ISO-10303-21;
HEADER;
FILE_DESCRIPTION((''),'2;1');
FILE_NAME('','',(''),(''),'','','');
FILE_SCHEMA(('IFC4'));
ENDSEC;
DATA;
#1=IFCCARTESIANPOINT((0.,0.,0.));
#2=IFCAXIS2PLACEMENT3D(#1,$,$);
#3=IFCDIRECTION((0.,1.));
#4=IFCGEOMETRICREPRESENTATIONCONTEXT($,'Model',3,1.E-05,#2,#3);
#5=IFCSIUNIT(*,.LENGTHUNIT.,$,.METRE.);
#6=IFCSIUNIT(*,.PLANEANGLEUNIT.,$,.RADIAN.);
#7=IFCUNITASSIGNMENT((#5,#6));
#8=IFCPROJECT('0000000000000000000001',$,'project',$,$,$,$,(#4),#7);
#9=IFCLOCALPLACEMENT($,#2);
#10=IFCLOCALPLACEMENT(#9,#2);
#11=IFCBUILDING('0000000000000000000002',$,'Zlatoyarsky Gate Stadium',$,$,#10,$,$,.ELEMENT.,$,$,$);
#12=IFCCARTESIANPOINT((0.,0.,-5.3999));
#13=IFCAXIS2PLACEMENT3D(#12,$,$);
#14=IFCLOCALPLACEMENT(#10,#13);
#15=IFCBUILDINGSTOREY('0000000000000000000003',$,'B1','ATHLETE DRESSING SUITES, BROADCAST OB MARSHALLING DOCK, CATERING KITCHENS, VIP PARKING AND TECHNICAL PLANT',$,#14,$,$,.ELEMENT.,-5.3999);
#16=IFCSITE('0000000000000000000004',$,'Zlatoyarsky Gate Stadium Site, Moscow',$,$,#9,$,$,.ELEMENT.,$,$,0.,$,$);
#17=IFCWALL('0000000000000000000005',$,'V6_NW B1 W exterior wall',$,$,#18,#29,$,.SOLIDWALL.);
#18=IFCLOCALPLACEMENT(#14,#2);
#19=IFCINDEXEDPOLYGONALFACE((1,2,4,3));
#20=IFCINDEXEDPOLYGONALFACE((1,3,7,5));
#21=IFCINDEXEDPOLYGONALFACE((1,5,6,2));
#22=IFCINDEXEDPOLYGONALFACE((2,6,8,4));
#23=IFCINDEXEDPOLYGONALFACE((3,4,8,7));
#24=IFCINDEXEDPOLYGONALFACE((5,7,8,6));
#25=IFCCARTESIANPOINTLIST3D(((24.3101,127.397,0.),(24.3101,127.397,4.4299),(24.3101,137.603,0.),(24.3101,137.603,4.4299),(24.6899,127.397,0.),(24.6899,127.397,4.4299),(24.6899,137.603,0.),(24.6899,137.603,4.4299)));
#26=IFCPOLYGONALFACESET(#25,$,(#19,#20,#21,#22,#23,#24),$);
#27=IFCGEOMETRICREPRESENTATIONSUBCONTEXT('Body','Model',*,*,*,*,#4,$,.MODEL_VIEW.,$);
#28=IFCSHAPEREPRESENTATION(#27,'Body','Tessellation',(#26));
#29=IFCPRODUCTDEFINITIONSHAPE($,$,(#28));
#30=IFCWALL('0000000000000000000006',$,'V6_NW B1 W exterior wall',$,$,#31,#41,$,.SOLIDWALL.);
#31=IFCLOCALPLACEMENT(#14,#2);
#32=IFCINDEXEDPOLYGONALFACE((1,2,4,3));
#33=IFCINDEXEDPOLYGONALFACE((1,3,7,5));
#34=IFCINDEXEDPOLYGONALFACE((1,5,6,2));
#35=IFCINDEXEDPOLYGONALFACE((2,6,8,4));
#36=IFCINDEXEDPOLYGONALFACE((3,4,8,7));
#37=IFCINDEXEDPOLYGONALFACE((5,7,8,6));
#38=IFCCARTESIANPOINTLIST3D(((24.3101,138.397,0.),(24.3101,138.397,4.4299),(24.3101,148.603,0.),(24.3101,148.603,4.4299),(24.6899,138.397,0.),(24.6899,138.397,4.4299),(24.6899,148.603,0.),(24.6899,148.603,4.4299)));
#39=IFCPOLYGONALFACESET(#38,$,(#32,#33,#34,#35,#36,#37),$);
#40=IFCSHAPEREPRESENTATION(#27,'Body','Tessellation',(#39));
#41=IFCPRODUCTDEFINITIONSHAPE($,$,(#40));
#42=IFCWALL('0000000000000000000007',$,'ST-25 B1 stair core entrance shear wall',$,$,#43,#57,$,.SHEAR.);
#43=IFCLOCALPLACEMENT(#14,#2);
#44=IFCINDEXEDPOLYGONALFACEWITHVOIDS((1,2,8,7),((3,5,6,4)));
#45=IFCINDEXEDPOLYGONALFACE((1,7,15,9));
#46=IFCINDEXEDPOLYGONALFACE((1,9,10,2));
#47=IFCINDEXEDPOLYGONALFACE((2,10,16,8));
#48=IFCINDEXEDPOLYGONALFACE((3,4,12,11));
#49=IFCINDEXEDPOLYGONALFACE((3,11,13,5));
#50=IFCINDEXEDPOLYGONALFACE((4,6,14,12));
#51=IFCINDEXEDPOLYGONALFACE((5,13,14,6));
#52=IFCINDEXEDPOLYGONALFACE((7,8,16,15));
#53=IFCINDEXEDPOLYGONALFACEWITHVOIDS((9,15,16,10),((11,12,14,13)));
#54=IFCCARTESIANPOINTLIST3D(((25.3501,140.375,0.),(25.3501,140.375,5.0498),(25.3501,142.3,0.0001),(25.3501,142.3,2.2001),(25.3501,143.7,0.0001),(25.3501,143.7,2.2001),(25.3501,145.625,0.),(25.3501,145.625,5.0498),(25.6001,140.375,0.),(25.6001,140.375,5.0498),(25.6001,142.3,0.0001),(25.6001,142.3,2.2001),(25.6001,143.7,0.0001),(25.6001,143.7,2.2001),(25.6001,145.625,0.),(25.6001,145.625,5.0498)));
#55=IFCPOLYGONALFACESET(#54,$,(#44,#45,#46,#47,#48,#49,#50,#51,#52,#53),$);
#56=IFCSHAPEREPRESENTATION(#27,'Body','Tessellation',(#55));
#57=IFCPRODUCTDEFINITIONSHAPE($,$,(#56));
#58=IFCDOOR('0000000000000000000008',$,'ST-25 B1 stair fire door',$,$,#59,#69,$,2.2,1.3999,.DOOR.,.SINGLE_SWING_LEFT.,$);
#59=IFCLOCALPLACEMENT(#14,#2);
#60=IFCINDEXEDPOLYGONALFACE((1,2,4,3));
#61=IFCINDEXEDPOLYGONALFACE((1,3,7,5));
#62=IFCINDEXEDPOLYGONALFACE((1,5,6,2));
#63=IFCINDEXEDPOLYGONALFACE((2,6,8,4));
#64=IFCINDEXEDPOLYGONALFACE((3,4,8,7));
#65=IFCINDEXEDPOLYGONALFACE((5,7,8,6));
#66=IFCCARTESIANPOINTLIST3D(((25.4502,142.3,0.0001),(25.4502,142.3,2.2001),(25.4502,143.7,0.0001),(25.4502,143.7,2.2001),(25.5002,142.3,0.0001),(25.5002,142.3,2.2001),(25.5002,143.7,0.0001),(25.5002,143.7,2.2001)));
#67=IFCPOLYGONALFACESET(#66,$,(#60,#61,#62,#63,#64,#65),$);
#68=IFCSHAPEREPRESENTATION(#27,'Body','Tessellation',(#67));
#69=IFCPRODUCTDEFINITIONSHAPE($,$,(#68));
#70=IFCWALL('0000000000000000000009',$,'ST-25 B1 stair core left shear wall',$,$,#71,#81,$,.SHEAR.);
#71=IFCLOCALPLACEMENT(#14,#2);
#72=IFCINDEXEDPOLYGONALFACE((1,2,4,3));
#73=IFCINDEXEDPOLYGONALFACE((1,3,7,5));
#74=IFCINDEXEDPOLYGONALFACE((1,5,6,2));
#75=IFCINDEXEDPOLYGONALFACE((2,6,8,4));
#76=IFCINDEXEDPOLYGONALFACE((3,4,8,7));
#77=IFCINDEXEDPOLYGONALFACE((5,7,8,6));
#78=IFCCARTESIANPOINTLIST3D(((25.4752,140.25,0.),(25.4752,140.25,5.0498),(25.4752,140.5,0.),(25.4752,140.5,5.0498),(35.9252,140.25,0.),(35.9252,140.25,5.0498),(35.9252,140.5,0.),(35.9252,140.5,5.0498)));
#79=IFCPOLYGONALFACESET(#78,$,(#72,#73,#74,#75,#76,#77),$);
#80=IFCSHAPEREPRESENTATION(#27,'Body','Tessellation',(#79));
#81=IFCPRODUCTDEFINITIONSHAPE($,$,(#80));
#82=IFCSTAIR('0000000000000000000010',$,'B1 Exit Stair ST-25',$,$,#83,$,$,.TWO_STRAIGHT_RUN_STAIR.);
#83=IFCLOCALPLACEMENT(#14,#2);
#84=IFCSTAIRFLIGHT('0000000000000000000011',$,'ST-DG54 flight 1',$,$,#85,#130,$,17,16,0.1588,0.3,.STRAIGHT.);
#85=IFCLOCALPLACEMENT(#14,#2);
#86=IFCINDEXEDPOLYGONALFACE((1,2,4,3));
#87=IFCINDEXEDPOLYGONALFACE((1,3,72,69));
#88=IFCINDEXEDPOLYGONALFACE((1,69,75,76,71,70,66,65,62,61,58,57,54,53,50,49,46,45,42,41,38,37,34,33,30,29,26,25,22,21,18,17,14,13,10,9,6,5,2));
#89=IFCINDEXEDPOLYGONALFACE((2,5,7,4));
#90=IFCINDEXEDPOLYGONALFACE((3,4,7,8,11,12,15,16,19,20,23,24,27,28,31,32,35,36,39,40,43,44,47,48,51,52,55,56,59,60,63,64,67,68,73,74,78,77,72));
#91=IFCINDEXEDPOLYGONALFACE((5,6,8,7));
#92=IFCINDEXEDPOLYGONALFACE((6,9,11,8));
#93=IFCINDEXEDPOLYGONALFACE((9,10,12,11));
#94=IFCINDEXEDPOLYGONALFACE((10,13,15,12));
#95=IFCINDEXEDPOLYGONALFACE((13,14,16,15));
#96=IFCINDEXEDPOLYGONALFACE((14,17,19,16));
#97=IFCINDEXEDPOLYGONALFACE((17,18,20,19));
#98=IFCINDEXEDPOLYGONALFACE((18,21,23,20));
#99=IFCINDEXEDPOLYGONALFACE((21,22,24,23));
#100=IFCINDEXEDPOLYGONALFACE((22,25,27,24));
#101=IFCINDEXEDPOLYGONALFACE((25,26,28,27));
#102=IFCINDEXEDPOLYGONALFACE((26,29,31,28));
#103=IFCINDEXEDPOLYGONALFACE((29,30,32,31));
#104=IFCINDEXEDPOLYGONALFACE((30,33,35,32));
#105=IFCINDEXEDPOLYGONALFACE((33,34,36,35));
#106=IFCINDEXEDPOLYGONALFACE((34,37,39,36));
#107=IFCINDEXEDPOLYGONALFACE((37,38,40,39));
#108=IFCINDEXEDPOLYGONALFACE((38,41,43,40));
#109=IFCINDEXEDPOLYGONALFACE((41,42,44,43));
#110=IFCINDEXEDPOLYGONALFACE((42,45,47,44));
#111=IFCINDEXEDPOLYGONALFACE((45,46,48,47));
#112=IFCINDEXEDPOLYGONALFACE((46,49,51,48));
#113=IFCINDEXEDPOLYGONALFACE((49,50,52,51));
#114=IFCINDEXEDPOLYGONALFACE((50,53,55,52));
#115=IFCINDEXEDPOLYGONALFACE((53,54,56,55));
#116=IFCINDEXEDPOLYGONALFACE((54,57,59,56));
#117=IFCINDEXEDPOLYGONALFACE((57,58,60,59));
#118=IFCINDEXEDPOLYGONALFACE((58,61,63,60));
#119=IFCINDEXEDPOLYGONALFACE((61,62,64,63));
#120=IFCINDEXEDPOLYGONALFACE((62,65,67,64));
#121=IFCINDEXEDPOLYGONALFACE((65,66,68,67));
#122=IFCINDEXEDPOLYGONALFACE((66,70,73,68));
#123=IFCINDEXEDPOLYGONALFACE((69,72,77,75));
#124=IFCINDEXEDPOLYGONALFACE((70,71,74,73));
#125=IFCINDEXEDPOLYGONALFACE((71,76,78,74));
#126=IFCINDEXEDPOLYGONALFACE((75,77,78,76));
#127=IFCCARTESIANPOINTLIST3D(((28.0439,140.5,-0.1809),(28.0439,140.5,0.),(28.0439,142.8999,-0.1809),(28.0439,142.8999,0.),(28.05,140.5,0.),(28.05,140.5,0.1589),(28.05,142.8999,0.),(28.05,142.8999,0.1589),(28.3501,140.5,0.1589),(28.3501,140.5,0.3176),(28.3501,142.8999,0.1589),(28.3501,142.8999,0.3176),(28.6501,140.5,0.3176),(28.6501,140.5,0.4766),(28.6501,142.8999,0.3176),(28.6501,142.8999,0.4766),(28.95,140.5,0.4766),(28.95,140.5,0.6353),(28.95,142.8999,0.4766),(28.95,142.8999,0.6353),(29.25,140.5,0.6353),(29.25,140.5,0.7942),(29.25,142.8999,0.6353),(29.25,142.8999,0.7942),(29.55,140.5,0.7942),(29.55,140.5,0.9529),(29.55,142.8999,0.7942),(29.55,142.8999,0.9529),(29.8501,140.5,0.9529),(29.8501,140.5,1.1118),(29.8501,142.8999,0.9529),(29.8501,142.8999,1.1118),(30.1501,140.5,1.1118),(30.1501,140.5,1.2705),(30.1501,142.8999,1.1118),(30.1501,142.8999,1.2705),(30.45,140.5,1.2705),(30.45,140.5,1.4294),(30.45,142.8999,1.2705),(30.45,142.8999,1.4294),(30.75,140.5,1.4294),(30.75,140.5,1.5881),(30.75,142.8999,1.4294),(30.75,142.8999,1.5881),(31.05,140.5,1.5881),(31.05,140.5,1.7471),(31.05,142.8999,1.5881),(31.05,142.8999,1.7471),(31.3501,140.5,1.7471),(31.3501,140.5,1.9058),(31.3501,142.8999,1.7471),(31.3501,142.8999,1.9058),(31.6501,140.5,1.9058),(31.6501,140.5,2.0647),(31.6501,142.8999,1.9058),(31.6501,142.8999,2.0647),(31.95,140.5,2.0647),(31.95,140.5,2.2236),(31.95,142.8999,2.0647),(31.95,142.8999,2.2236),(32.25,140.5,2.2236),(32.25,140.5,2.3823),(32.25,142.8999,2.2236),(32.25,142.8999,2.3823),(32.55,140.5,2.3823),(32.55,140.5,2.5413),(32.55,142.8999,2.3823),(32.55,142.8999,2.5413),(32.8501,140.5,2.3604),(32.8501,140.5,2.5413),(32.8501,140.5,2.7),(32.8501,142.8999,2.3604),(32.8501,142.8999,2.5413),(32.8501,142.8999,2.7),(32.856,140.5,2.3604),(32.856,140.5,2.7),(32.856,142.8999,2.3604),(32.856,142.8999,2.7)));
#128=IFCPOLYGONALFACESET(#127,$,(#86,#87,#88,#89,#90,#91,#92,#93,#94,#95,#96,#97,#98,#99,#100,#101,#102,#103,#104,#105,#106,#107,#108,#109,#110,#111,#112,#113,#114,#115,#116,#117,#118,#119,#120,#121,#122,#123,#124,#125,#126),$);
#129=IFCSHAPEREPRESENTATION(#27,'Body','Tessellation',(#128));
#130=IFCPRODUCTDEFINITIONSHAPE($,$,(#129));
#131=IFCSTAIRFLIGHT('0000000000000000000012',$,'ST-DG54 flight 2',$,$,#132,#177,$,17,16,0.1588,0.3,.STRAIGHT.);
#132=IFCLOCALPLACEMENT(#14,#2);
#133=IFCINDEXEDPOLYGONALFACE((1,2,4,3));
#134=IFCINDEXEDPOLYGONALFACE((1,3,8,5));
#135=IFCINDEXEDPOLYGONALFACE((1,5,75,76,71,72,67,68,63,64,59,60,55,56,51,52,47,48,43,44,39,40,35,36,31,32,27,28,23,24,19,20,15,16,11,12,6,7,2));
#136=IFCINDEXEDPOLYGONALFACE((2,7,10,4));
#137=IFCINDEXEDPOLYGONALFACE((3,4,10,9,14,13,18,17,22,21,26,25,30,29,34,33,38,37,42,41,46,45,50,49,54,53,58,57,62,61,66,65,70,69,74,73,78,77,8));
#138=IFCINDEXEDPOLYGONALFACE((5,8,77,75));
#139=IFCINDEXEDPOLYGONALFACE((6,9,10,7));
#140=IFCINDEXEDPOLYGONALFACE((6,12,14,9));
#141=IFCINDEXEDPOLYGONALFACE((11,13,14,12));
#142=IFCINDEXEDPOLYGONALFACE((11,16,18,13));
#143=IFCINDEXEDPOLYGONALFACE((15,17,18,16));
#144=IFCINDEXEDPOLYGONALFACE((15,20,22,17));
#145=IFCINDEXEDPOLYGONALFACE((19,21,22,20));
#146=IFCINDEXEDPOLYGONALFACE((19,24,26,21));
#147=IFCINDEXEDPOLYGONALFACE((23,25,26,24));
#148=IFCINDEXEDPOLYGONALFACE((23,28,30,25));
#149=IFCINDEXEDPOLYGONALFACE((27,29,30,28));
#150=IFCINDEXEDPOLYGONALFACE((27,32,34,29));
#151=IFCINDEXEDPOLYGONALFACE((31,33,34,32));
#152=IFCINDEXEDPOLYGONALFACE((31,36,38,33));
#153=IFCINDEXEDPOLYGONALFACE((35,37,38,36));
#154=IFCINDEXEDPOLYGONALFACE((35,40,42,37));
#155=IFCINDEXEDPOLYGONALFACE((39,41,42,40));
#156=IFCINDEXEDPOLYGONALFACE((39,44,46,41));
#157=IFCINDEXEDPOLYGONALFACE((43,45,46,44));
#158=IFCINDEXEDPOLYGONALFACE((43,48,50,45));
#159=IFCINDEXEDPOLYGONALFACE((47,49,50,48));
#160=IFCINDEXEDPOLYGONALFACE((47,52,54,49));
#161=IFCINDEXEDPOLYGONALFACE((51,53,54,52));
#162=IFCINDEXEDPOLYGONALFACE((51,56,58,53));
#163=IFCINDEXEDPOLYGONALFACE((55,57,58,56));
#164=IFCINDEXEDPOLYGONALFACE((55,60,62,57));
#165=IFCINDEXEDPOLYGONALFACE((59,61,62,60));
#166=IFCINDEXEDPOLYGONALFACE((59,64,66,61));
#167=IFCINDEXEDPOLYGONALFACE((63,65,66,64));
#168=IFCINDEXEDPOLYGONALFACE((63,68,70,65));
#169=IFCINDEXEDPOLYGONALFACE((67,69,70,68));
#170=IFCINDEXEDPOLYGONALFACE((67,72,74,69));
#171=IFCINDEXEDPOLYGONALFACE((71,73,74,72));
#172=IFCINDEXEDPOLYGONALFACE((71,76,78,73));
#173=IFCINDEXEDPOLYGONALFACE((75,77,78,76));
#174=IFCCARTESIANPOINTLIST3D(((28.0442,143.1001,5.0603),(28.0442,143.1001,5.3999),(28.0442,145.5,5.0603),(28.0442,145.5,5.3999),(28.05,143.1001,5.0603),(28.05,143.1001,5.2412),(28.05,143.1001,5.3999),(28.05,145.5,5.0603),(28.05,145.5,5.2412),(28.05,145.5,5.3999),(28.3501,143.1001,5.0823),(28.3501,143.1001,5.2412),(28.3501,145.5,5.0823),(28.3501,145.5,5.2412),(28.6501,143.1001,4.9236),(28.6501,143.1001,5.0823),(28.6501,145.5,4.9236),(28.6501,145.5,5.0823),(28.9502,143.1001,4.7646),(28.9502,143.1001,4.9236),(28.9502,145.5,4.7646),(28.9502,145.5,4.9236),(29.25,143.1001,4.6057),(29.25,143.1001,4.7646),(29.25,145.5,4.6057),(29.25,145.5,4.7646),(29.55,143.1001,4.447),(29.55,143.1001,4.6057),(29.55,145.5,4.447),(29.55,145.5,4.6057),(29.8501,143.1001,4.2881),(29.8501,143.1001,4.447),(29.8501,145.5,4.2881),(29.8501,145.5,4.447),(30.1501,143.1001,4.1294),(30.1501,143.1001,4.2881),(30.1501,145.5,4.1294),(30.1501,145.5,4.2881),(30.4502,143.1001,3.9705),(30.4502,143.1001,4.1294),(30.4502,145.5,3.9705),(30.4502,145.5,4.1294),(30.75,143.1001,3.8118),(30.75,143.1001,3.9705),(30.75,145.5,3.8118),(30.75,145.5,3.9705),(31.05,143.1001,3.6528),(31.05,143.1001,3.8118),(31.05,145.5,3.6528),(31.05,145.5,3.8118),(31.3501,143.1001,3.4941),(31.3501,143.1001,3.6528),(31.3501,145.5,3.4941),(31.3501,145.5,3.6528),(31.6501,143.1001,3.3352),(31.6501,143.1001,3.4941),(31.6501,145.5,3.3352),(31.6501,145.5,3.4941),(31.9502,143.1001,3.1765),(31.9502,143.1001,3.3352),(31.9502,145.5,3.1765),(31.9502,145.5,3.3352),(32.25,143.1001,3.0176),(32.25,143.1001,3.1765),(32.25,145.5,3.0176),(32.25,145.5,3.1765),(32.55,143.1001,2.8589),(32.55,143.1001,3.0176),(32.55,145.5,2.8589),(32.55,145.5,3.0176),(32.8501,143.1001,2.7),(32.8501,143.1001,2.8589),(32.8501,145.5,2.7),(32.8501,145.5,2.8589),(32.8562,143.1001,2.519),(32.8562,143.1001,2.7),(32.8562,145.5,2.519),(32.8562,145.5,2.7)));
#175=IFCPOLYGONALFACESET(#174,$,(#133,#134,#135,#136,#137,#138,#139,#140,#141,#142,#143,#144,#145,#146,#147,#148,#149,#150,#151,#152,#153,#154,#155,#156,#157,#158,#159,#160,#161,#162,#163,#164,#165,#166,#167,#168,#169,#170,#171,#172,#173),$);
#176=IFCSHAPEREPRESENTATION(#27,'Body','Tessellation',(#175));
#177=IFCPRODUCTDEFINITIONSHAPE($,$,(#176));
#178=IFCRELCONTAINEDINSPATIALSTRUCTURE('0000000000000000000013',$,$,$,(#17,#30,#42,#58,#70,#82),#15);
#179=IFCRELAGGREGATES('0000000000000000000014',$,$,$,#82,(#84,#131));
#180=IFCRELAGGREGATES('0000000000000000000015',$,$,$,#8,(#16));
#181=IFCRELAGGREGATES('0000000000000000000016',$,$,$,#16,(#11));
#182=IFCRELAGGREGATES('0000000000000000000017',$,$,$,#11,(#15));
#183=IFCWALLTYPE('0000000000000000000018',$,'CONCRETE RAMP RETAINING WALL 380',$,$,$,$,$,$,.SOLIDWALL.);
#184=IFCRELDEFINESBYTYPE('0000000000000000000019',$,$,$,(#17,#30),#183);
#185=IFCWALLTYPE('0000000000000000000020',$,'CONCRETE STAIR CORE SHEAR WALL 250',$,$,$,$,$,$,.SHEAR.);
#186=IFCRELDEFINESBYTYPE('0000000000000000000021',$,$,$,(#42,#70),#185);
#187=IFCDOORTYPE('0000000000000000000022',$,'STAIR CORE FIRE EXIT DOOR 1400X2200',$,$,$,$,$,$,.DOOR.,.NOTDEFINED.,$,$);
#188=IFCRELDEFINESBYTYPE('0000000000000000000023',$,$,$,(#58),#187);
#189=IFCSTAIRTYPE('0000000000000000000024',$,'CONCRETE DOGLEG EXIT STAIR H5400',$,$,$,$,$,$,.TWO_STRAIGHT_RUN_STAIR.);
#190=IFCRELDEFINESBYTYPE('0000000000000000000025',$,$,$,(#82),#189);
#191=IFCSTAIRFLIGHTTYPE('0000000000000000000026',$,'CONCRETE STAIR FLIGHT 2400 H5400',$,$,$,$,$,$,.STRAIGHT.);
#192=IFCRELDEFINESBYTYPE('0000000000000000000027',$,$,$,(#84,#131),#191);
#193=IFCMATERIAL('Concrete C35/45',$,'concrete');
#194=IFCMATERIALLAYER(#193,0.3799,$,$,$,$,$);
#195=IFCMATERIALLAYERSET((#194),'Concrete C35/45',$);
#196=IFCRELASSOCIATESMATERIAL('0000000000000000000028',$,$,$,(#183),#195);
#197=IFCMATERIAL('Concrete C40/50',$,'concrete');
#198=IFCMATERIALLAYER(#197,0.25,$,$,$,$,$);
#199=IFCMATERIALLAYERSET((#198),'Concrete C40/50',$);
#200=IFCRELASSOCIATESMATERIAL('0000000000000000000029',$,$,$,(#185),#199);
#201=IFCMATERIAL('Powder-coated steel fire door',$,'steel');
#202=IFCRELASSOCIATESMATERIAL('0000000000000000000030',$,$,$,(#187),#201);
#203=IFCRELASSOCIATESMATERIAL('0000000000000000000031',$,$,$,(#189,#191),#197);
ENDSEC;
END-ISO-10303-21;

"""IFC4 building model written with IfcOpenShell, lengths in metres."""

from ifc_helpers import new_model, si_unit, direction, frame, frame_2d, origin, place, context, subcontext, project, spatial, polyline, rectangle, outline, extrude, material, layer, layer_set, type_object, element, fill, aggregate, save


model = new_model("IFC4")

# Units and contexts
model_context = context("Model", 3, precision=1e-05, world=origin(), true_north=direction((0.0, 1.0)))
body_context = subcontext(model_context, "Body", "Model", "MODEL_VIEW")
ifc_project = project(units=[si_unit("LENGTHUNIT", "METRE"), si_unit("PLANEANGLEUNIT", "RADIAN")], contexts=[model_context])

# Site, building, storey
site_placement = place(None, origin())
site = spatial("IfcSite", under=ifc_project, at=site_placement, Name="Zlatoyarsky Gate Stadium Site, Moscow", CompositionType="ELEMENT", RefElevation=0.0)
building_placement = place(site_placement, origin())
building = spatial("IfcBuilding", under=site, at=building_placement, Name="Zlatoyarsky Gate Stadium", CompositionType="ELEMENT")
storey_placement = place(building_placement, frame((0.0, 0.0, -5.3999)))
storey = spatial("IfcBuildingStorey", under=building, at=storey_placement, Name="B1", Description="ATHLETE DRESSING SUITES, BROADCAST OB MARSHALLING DOCK, CATERING KITCHENS, VIP PARKING AND TECHNICAL PLANT", CompositionType="ELEMENT", Elevation=-5.3999)

# Shared definitions
ifc_material_1 = material(Name="Concrete C35/45", Category="concrete")

# Shared definitions
ifc_material_2 = material(Name="Concrete C40/50", Category="concrete")

# Walls
ifc_layer_1 = layer(ifc_material_1, 0.3799)
ifc_layer_set_1 = layer_set([ifc_layer_1], Name="Concrete C35/45")
wall_type_1 = type_object("IfcWallType", Name="CONCRETE RAMP RETAINING WALL 380", PredefinedType="SOLIDWALL", material=ifc_layer_set_1)
for number, where, z_axis, x_axis, name in (
    (1, (24.5, 127.397, 0.0), (0.0, 0.0, 1.0), (0.0, 1.0, 0.0), "V6_NW B1 W exterior wall"),
    (2, (24.5, 138.397, 0.0), (0.0, 0.0, 1.0), (0.0, 1.0, 0.0), "V6_NW B1 W exterior wall"),
):
    element("IfcWall", number, at=place(storey_placement, frame(where, z_axis=z_axis, x_axis=x_axis)), inside=storey, type_object=wall_type_1, Name=name, PredefinedType="SOLIDWALL", context=body_context, shape_type="SweptSolid", body=[
        extrude(rectangle(XDim=10.2061, YDim=0.3799, at=frame_2d((5.103, 0.0))), origin(), (0.0, 0.0, 1.0), 4.4299),
    ])

# Wall, opening, door
ifc_layer_2 = layer(ifc_material_2, 0.25)
ifc_layer_set_2 = layer_set([ifc_layer_2], Name="Concrete C40/50")
wall_type_2 = type_object("IfcWallType", Name="CONCRETE STAIR CORE SHEAR WALL 250", PredefinedType="SHEAR", material=ifc_layer_set_2)
wall_1_placement = place(storey_placement, frame((25.4751, 145.625, 0.0), z_axis=(0.0, 0.0, 1.0), x_axis=(0.0, -1.0, 0.0)))
wall_1 = element("IfcWall", 3, at=wall_1_placement, inside=storey, type_object=wall_type_2, Name="ST-25 B1 stair core entrance shear wall", PredefinedType="SHEAR", context=body_context, shape_type="SweptSolid", body=[
    extrude(rectangle(XDim=5.25, YDim=0.25, at=frame_2d((2.625, 0.0))), origin(), (0.0, 0.0, 1.0), 5.0498),
])
opening_placement = place(wall_1_placement, frame((1.925, 0.0, 0.0)))
opening = element("IfcOpeningElement", 4, at=opening_placement, cuts=wall_1, PredefinedType="OPENING", context=body_context, shape_type="SweptSolid", body=[
    extrude(rectangle(XDim=1.3999, YDim=2.2, at=frame_2d((0.7, 1.1001))), frame((0.0, 0.135, 0.0), z_axis=(0.0, -1.0, 0.0), x_axis=(1.0, 0.0, 0.0)), (0.0, 0.0, 1.0), 0.27),
])
ifc_material_3 = material(Name="Powder-coated steel fire door", Category="steel")
door_type = type_object("IfcDoorType", Name="STAIR CORE FIRE EXIT DOOR 1400X2200", OperationType="NOTDEFINED", PredefinedType="DOOR", material=ifc_material_3)
door_placement = place(opening_placement, frame((1.3999, 0.0, 0.0), z_axis=(0.0, 0.0, 1.0), x_axis=(-1.0, 0.0, 0.0)))
door = element("IfcDoor", 5, at=door_placement, inside=storey, type_object=door_type, Name="ST-25 B1 stair fire door", OperationType="SINGLE_SWING_LEFT", OverallHeight=2.2, OverallWidth=1.3999, PredefinedType="DOOR", context=body_context, shape_type="SweptSolid", body=[
    extrude(rectangle(XDim=1.3999, YDim=2.2, at=frame_2d((0.7, 1.1001))), frame((0.0, 0.0249, 0.0), z_axis=(0.0, -1.0, 0.0), x_axis=(1.0, 0.0, 0.0)), (0.0, 0.0, 1.0), 0.05),
])
fill(opening, door)

# Wall
wall_2_placement = place(storey_placement, frame((25.4751, 140.375, 0.0), z_axis=(0.0, 0.0, 1.0), x_axis=(1.0, 0.0, 0.0)))
element("IfcWall", 6, at=wall_2_placement, inside=storey, type_object=wall_type_2, Name="ST-25 B1 stair core left shear wall", PredefinedType="SHEAR", context=body_context, shape_type="SweptSolid", body=[
    extrude(rectangle(XDim=10.45, YDim=0.25, at=frame_2d((5.2251, 0.0))), origin(), (0.0, 0.0, 1.0), 5.0498),
])

# Stair, stair flights
stair_type = type_object("IfcStairType", Name="CONCRETE DOGLEG EXIT STAIR H5400", PredefinedType="TWO_STRAIGHT_RUN_STAIR", material=ifc_material_2)
stair_placement = place(storey_placement, origin())
stair = element("IfcStair", 7, at=stair_placement, inside=storey, type_object=stair_type, Name="B1 Exit Stair ST-25", PredefinedType="TWO_STRAIGHT_RUN_STAIR")
stair_flight_type = type_object("IfcStairFlightType", Name="CONCRETE STAIR FLIGHT 2400 H5400", PredefinedType="STRAIGHT", material=ifc_material_2)
stair_flight_1_placement = place(storey_placement, frame((28.05, 141.7, 0.0), z_axis=(0.0, 0.0, 1.0), x_axis=(1.0, 0.0, 0.0)))
stair_flight_1 = element("IfcStairFlight", 8, at=stair_flight_1_placement, type_object=stair_flight_type, Name="ST-DG54 flight 1", NumberOfRisers=17, NumberOfTreads=16, PredefinedType="STRAIGHT", RiserHeight=0.1588, TreadLength=0.3, context=body_context, shape_type="SweptSolid", body=[
    extrude(outline(polyline([(-0.0061, -0.1809), (-0.0061, 0.0), (0.0, 0.0), (0.0, 0.1589), (0.3, 0.1589), (0.3, 0.3176), (0.6001, 0.3176), (0.6001, 0.4766), (0.8999, 0.4766), (0.8999, 0.6353), (1.2, 0.6353), (1.2, 0.7942), (1.5, 0.7942), (1.5, 0.9529), (1.8, 0.9529), (1.8, 1.1118), (2.1001, 1.1118), (2.1001, 1.2705), (2.3999, 1.2705), (2.3999, 1.4294), (2.7, 1.4294), (2.7, 1.5881), (3.0, 1.5881), (3.0, 1.7471), (3.3, 1.7471), (3.3, 1.9058), (3.6001, 1.9058), (3.6001, 2.0647), (3.8999, 2.0647), (3.8999, 2.2236), (4.2, 2.2236), (4.2, 2.3823), (4.5, 2.3823), (4.5, 2.5413), (4.8, 2.5413), (4.8, 2.7), (4.8059, 2.7), (4.8059, 2.3604), (4.8, 2.3604), (-0.0061, -0.1809)])), frame((0.0, 1.2, 0.0), z_axis=(0.0, -1.0, 0.0), x_axis=(1.0, 0.0, 0.0)), (0.0, 0.0, 1.0), 2.3999),
])
stair_flight_2_placement = place(storey_placement, frame((32.8501, 144.3, 2.7), z_axis=(0.0, 0.0, 1.0), x_axis=(-1.0, 0.0, 0.0)))
stair_flight_2 = element("IfcStairFlight", 9, at=stair_flight_2_placement, type_object=stair_flight_type, Name="ST-DG54 flight 2", NumberOfRisers=17, NumberOfTreads=16, PredefinedType="STRAIGHT", RiserHeight=0.1588, TreadLength=0.3, context=body_context, shape_type="SweptSolid", body=[
    extrude(outline(polyline([(-0.0061, -0.1809), (-0.0061, 0.0), (0.0, 0.0), (0.0, 0.1589), (0.3, 0.1589), (0.3, 0.3176), (0.6001, 0.3176), (0.6001, 0.4766), (0.8999, 0.4766), (0.8999, 0.6353), (1.2, 0.6353), (1.2, 0.7942), (1.5, 0.7942), (1.5, 0.9529), (1.8, 0.9529), (1.8, 1.1118), (2.1001, 1.1118), (2.1001, 1.2705), (2.3999, 1.2705), (2.3999, 1.4294), (2.7, 1.4294), (2.7, 1.5881), (3.0, 1.5881), (3.0, 1.7471), (3.3, 1.7471), (3.3, 1.9058), (3.6001, 1.9058), (3.6001, 2.0647), (3.8999, 2.0647), (3.8999, 2.2236), (4.2, 2.2236), (4.2, 2.3823), (4.5, 2.3823), (4.5, 2.5413), (4.8, 2.5413), (4.8, 2.7), (4.8059, 2.7), (4.8059, 2.3604), (4.8, 2.3604), (-0.0061, -0.1809)])), frame((0.0, 1.2, 0.0), z_axis=(0.0, -1.0, 0.0), x_axis=(1.0, 0.0, 0.0)), (0.0, 0.0, 1.0), 2.3999),
])
aggregate(stair, [stair_flight_1, stair_flight_2])

save(model, "model.ifc")
